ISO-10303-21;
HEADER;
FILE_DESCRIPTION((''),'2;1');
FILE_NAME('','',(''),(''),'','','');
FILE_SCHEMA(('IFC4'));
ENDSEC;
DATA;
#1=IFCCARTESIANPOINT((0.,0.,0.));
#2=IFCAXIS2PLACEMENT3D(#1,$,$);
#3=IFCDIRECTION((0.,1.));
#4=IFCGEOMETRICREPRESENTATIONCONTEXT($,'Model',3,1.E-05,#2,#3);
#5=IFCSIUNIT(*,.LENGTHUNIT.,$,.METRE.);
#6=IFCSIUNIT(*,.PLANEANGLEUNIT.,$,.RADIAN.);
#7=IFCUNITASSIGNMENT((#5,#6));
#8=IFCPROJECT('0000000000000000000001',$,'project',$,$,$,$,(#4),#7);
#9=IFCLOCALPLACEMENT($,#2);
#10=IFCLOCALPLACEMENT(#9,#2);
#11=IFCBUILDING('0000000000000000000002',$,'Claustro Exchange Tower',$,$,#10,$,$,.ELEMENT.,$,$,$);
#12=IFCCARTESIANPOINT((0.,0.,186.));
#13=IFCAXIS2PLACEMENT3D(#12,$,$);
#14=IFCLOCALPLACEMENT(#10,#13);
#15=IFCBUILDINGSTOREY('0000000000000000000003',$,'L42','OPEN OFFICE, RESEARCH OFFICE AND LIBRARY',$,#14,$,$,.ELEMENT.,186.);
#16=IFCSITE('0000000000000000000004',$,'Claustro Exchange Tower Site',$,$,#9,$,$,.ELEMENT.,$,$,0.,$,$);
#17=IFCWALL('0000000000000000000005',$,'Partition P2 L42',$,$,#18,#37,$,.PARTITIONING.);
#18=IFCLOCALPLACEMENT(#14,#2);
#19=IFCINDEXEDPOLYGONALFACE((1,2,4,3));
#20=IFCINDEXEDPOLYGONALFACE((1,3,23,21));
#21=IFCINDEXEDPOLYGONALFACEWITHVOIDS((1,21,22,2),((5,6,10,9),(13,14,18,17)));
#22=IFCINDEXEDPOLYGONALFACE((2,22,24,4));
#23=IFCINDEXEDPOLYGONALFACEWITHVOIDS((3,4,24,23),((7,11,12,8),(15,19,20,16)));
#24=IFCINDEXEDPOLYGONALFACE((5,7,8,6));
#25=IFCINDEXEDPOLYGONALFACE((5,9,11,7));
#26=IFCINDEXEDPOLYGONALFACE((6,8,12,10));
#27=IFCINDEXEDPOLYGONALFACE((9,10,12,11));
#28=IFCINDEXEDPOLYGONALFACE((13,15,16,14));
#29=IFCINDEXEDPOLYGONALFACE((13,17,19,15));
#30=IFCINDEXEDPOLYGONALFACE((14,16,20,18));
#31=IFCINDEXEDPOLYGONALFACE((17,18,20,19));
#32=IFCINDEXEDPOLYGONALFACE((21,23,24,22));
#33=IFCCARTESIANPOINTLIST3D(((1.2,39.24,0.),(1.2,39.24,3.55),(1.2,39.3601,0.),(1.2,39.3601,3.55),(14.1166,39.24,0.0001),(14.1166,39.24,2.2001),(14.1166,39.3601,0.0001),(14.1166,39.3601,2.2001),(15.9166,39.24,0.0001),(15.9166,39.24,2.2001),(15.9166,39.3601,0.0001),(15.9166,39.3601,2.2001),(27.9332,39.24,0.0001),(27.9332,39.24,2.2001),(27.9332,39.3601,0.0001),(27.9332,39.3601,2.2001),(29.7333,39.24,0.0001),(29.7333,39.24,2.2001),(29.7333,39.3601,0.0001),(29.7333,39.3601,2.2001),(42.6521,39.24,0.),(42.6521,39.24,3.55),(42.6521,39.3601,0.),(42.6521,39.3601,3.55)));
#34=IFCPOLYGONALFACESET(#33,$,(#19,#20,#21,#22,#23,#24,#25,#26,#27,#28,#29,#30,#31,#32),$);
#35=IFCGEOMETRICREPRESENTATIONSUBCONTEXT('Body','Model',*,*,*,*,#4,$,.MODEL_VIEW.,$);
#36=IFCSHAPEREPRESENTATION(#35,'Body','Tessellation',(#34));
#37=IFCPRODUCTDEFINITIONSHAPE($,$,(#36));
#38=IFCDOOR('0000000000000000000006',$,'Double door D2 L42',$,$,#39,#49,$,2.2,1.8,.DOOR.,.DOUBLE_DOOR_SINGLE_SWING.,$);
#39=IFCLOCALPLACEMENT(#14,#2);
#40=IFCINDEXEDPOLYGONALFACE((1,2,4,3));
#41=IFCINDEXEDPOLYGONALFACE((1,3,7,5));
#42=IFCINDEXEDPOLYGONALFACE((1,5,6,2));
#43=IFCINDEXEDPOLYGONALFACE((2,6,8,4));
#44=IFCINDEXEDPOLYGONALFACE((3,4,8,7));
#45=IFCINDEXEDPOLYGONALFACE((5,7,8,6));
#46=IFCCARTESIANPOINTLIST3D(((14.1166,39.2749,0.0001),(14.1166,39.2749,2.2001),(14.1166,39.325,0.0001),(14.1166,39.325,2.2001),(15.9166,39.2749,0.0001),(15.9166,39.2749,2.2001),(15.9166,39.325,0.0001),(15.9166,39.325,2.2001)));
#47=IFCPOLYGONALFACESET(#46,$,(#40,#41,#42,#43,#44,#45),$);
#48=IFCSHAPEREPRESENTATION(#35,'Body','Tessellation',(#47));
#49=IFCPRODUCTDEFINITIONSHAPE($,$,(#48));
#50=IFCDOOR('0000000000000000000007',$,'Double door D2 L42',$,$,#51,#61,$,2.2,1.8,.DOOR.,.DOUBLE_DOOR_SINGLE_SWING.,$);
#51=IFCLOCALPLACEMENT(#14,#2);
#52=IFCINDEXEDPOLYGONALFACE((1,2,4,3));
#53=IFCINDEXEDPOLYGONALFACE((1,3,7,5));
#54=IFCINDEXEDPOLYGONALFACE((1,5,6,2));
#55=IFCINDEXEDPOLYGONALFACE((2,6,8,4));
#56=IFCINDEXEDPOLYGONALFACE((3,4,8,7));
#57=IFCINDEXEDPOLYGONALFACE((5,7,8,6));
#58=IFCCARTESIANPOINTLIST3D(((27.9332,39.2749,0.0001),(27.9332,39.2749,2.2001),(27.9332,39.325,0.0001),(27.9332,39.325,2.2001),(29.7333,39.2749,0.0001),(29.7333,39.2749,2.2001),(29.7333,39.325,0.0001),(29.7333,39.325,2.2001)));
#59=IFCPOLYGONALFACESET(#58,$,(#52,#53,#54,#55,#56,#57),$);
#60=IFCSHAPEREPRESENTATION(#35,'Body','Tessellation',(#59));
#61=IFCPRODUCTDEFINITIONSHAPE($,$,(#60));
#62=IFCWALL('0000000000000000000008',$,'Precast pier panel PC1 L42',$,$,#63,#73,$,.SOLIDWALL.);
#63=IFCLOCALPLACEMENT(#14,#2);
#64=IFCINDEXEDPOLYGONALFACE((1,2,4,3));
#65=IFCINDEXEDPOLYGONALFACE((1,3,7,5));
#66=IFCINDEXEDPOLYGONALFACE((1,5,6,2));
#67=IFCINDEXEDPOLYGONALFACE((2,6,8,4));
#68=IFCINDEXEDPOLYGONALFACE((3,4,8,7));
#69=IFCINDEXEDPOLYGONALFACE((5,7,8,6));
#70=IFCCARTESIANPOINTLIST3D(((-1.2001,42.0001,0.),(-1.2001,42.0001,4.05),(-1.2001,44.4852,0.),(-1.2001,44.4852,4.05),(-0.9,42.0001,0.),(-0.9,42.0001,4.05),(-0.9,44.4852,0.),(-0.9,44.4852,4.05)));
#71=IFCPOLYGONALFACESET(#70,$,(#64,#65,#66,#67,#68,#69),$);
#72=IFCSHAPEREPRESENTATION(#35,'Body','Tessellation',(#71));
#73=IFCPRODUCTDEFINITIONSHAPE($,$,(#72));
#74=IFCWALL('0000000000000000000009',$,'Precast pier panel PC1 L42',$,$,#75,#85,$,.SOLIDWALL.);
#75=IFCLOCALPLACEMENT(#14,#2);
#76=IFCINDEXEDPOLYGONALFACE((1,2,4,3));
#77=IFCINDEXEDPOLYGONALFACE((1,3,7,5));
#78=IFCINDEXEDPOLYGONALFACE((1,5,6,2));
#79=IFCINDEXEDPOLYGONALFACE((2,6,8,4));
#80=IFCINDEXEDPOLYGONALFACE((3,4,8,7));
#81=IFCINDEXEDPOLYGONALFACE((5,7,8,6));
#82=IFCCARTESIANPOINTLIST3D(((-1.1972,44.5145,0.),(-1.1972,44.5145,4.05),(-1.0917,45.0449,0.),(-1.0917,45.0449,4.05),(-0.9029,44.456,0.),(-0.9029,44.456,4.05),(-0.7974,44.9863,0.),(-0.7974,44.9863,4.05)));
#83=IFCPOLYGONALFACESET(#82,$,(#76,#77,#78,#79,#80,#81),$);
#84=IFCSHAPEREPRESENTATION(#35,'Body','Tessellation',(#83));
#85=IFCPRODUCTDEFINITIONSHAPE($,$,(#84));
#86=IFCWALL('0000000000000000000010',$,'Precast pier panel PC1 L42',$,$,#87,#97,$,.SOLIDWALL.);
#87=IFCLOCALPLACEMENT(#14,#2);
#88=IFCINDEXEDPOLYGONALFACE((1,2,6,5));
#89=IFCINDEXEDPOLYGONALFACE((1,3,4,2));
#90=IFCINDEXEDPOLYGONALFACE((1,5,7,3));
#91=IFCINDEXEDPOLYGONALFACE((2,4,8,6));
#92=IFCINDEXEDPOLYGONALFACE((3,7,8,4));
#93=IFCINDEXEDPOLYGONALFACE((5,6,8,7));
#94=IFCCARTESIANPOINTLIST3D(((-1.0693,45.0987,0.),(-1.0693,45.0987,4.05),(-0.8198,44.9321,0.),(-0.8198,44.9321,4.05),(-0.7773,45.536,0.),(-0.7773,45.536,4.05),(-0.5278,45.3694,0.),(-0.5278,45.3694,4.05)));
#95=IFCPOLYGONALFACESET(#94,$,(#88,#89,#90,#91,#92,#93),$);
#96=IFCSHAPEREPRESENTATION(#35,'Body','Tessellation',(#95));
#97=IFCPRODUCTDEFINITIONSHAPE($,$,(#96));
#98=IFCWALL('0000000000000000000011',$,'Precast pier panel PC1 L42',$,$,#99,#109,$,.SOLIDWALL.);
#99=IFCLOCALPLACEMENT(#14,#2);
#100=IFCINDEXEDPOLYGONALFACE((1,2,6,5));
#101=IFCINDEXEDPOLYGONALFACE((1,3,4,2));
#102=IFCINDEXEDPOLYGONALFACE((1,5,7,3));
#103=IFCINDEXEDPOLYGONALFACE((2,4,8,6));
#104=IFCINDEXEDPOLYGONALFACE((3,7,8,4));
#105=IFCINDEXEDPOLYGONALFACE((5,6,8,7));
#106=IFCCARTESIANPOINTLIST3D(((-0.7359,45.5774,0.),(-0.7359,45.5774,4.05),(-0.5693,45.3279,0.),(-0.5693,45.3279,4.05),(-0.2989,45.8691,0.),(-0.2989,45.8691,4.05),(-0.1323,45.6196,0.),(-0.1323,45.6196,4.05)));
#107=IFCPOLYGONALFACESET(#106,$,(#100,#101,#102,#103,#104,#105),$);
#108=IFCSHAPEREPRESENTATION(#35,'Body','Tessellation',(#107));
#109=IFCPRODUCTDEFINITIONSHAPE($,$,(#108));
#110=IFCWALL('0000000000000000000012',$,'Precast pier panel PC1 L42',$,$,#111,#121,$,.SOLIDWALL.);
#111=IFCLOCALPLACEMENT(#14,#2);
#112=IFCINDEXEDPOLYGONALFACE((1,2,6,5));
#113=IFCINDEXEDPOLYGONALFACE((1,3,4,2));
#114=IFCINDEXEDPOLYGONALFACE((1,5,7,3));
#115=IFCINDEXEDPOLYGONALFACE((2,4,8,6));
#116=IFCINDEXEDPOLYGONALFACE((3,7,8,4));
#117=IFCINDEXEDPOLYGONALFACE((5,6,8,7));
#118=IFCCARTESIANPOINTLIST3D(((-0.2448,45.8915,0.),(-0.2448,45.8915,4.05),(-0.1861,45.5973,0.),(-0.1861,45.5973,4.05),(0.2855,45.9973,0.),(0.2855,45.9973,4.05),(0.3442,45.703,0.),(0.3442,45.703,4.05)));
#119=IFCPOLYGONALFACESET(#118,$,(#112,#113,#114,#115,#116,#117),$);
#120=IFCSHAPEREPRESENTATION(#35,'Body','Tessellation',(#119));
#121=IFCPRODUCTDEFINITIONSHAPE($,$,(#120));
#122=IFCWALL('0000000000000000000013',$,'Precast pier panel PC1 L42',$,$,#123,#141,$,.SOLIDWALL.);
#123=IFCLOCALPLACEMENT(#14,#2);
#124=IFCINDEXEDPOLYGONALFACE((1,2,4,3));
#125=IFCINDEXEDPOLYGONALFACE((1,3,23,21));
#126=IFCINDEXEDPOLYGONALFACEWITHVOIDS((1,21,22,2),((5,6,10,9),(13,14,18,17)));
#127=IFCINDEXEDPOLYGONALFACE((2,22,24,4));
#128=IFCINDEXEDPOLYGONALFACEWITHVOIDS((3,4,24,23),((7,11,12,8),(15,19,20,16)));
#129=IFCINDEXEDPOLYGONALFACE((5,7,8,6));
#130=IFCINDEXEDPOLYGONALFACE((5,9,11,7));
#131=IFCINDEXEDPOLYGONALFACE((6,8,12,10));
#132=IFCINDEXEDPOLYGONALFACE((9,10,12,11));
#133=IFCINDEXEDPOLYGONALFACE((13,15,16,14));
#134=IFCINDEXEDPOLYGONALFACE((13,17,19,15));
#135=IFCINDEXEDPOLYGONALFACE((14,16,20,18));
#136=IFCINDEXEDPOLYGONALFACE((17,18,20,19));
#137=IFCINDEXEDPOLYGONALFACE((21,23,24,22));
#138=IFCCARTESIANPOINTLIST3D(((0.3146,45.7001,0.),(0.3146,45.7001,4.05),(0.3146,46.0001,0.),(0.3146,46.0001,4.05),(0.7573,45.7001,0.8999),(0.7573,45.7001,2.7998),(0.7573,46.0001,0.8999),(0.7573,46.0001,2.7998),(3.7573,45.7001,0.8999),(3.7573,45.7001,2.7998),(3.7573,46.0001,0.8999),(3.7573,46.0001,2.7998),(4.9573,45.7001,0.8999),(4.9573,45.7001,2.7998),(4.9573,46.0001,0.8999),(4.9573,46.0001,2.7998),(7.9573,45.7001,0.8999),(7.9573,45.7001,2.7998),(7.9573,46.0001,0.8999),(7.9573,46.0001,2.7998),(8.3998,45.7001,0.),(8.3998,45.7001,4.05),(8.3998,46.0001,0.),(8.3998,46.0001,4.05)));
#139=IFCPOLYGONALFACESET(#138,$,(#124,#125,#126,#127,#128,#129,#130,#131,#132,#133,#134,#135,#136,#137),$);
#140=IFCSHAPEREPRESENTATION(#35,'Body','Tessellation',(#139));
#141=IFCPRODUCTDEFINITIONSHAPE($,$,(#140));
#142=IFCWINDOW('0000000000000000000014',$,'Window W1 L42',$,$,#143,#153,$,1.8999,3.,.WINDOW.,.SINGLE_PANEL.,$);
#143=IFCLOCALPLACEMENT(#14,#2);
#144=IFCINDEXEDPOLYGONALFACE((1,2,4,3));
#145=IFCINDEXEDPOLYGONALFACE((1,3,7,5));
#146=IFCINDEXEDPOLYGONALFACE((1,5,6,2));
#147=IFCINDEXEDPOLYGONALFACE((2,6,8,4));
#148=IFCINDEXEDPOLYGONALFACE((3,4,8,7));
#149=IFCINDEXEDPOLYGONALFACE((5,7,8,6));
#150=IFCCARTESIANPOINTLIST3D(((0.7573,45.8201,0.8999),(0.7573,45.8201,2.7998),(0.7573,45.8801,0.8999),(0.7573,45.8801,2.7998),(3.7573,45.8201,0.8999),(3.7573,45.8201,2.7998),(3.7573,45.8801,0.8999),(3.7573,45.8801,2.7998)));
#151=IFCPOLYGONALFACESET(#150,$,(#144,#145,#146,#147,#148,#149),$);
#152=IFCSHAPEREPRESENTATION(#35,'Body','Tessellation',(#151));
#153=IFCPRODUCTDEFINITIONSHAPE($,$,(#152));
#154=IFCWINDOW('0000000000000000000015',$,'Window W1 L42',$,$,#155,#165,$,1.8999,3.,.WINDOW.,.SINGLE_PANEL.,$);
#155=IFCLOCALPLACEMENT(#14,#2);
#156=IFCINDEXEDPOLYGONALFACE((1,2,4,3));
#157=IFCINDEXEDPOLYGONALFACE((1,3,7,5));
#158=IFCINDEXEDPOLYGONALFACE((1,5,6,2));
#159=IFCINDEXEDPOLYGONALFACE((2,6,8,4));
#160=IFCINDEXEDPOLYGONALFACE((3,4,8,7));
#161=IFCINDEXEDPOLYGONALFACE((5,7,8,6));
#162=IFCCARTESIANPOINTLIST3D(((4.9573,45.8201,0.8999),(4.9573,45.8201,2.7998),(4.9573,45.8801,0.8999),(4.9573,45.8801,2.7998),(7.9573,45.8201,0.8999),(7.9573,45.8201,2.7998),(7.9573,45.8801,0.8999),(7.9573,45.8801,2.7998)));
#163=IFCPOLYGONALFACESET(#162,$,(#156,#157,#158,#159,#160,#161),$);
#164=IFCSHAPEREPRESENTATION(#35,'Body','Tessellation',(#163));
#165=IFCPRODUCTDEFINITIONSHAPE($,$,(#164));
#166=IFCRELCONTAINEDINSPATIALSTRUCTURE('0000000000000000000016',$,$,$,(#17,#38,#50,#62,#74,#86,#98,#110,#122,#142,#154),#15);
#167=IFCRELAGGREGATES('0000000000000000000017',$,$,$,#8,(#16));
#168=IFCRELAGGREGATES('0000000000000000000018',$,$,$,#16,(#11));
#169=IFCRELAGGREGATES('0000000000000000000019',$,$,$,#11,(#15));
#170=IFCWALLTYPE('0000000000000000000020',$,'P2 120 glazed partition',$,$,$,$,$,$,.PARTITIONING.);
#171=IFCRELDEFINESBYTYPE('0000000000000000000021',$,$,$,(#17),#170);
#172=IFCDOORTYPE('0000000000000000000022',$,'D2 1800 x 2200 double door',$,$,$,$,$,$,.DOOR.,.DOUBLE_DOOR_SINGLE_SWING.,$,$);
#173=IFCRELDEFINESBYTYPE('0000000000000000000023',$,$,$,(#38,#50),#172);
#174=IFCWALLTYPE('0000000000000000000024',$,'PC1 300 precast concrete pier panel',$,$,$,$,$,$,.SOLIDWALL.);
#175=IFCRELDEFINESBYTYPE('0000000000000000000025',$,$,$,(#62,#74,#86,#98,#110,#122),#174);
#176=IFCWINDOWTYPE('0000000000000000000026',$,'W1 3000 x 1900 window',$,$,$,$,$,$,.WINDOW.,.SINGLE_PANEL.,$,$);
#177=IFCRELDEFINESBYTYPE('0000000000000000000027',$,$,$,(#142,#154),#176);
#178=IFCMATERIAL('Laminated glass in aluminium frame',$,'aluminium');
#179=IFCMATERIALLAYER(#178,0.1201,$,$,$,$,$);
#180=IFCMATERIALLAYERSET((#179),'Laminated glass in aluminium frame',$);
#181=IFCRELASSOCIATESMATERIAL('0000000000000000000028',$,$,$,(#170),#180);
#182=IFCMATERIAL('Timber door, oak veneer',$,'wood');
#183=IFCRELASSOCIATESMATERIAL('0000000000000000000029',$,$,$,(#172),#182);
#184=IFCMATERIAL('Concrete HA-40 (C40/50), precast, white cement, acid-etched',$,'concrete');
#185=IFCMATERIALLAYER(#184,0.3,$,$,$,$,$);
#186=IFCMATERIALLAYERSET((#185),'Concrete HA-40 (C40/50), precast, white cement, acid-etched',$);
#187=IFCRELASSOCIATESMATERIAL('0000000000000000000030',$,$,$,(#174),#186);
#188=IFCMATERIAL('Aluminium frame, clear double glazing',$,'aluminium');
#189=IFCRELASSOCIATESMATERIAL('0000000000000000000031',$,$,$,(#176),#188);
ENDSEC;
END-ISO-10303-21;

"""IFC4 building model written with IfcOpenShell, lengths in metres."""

from ifc_helpers import new_model, si_unit, direction, frame, frame_2d, origin, place, context, subcontext, project, spatial, rectangle, extrude, material, layer, layer_set, type_object, element, fill, save


model = new_model("IFC4")

# Units and contexts
model_context = context("Model", 3, precision=1e-05, world=origin(), true_north=direction((0.0, 1.0)))
body_context = subcontext(model_context, "Body", "Model", "MODEL_VIEW")
ifc_project = project(units=[si_unit("LENGTHUNIT", "METRE"), si_unit("PLANEANGLEUNIT", "RADIAN")], contexts=[model_context])

# Site, building, storey
site_placement = place(None, origin())
site = spatial("IfcSite", under=ifc_project, at=site_placement, Name="Claustro Exchange Tower Site", CompositionType="ELEMENT", RefElevation=0.0)
building_placement = place(site_placement, origin())
building = spatial("IfcBuilding", under=site, at=building_placement, Name="Claustro Exchange Tower", CompositionType="ELEMENT")
storey_placement = place(building_placement, frame((0.0, 0.0, 186.0)))
storey = spatial("IfcBuildingStorey", under=building, at=storey_placement, Name="L42", Description="OPEN OFFICE, RESEARCH OFFICE AND LIBRARY", CompositionType="ELEMENT", Elevation=186.0)

# Shared definitions
ifc_material_1 = material(Name="Laminated glass in aluminium frame", Category="aluminium")
ifc_layer_1 = layer(ifc_material_1, 0.1201)
ifc_layer_set_1 = layer_set([ifc_layer_1], Name="Laminated glass in aluminium frame")
wall_type_1 = type_object("IfcWallType", Name="P2 120 glazed partition", PredefinedType="PARTITIONING", material=ifc_layer_set_1)

# Wall, openings, doors
wall_1_placement = place(storey_placement, frame((1.2, 39.3, 0.0), z_axis=(0.0, 0.0, 1.0), x_axis=(1.0, 0.0, 0.0)))
wall_1 = element("IfcWall", 1, at=wall_1_placement, inside=storey, type_object=wall_type_1, Name="Partition P2 L42", PredefinedType="PARTITIONING", context=body_context, shape_type="SweptSolid", body=[
    extrude(rectangle(XDim=41.4521, YDim=0.1201, at=frame_2d((20.7261, 0.0))), origin(), (0.0, 0.0, 1.0), 3.55),
])
opening_1_placement = place(wall_1_placement, frame((12.9167, 0.0, 0.0)))
opening_1 = element("IfcOpeningElement", 2, at=opening_1_placement, cuts=wall_1, PredefinedType="OPENING", context=body_context, shape_type="SweptSolid", body=[
    extrude(rectangle(XDim=1.8, YDim=2.2, at=frame_2d((0.8999, 1.1001))), frame((0.0, 0.0701, 0.0), z_axis=(0.0, -1.0, 0.0), x_axis=(1.0, 0.0, 0.0)), (0.0, 0.0, 1.0), 0.1401),
])
opening_2_placement = place(wall_1_placement, frame((26.7334, 0.0, 0.0)))
opening_2 = element("IfcOpeningElement", 3, at=opening_2_placement, cuts=wall_1, PredefinedType="OPENING", context=body_context, shape_type="SweptSolid", body=[
    extrude(rectangle(XDim=1.8, YDim=2.2, at=frame_2d((0.8999, 1.1001))), frame((0.0, 0.0701, 0.0), z_axis=(0.0, -1.0, 0.0), x_axis=(1.0, 0.0, 0.0)), (0.0, 0.0, 1.0), 0.1401),
])
ifc_material_2 = material(Name="Timber door, oak veneer", Category="wood")
door_type_1 = type_object("IfcDoorType", Name="D2 1800 x 2200 double door", OperationType="DOUBLE_DOOR_SINGLE_SWING", PredefinedType="DOOR", material=ifc_material_2)
door_1_placement = place(opening_1_placement, origin())
door_1 = element("IfcDoor", 4, at=door_1_placement, inside=storey, type_object=door_type_1, Name="Double door D2 L42", OperationType="DOUBLE_DOOR_SINGLE_SWING", OverallHeight=2.2, OverallWidth=1.8, PredefinedType="DOOR", context=body_context, shape_type="SweptSolid", body=[
    extrude(rectangle(XDim=1.8, YDim=2.2, at=frame_2d((0.8999, 1.1001))), frame((0.0, 0.0249, 0.0), z_axis=(0.0, -1.0, 0.0), x_axis=(1.0, 0.0, 0.0)), (0.0, 0.0, 1.0), 0.05),
])
fill(opening_1, door_1)
door_2_placement = place(opening_2_placement, origin())
door_2 = element("IfcDoor", 5, at=door_2_placement, inside=storey, type_object=door_type_1, Name="Double door D2 L42", OperationType="DOUBLE_DOOR_SINGLE_SWING", OverallHeight=2.2, OverallWidth=1.8, PredefinedType="DOOR", context=body_context, shape_type="SweptSolid", body=[
    extrude(rectangle(XDim=1.8, YDim=2.2, at=frame_2d((0.8999, 1.1001))), frame((0.0, 0.0249, 0.0), z_axis=(0.0, -1.0, 0.0), x_axis=(1.0, 0.0, 0.0)), (0.0, 0.0, 1.0), 0.05),
])
fill(opening_2, door_2)

# Walls
ifc_material_3 = material(Name="Concrete HA-40 (C40/50), precast, white cement, acid-etched", Category="concrete")
ifc_layer_2 = layer(ifc_material_3, 0.3)
ifc_layer_set_2 = layer_set([ifc_layer_2], Name="Concrete HA-40 (C40/50), precast, white cement, acid-etched")
wall_type_2 = type_object("IfcWallType", Name="PC1 300 precast concrete pier panel", PredefinedType="SOLIDWALL", material=ifc_layer_set_2)
wall_2_placement = place(storey_placement, frame((-1.05, 42.0, 0.0), z_axis=(0.0, 0.0, 1.0), x_axis=(0.0, 1.0, 0.0)))
element("IfcWall", 6, at=wall_2_placement, inside=storey, type_object=wall_type_2, Name="Precast pier panel PC1 L42", PredefinedType="SOLIDWALL", context=body_context, shape_type="SweptSolid", body=[
    extrude(rectangle(XDim=2.4851, YDim=0.3, at=frame_2d((1.2427, 0.0))), origin(), (0.0, 0.0, 1.0), 4.05),
])
wall_3_placement = place(storey_placement, frame((-1.05, 44.4851, 0.0), z_axis=(0.0, 0.0, 1.0), x_axis=(0.195074, 0.980789, 0.0)))
element("IfcWall", 7, at=wall_3_placement, inside=storey, type_object=wall_type_2, Name="Precast pier panel PC1 L42", PredefinedType="SOLIDWALL", context=body_context, shape_type="SweptSolid", body=[
    extrude(rectangle(XDim=0.5408, YDim=0.3, at=frame_2d((0.2705, 0.0))), origin(), (0.0, 0.0, 1.0), 4.05),
])
wall_4_placement = place(storey_placement, frame((-0.9446, 45.0154, 0.0), z_axis=(0.0, 0.0, 1.0), x_axis=(0.555343, 0.831621, 0.0)))
element("IfcWall", 8, at=wall_4_placement, inside=storey, type_object=wall_type_2, Name="Precast pier panel PC1 L42", PredefinedType="SOLIDWALL", context=body_context, shape_type="SweptSolid", body=[
    extrude(rectangle(XDim=0.5259, YDim=0.3, at=frame_2d((0.2629, 0.0))), origin(), (0.0, 0.0, 1.0), 4.05),
])
wall_5_placement = place(storey_placement, frame((-0.6526, 45.4526, 0.0), z_axis=(0.0, 0.0, 1.0), x_axis=(0.831693, 0.555236, 0.0)))
element("IfcWall", 9, at=wall_5_placement, inside=storey, type_object=wall_type_2, Name="Precast pier panel PC1 L42", PredefinedType="SOLIDWALL", context=body_context, shape_type="SweptSolid", body=[
    extrude(rectangle(XDim=0.5254, YDim=0.3, at=frame_2d((0.2627, 0.0))), origin(), (0.0, 0.0, 1.0), 4.05),
])
wall_6_placement = place(storey_placement, frame((-0.2156, 45.7444, 0.0), z_axis=(0.0, 0.0, 1.0), x_axis=(0.980702, 0.195508, 0.0)))
element("IfcWall", 10, at=wall_6_placement, inside=storey, type_object=wall_type_2, Name="Precast pier panel PC1 L42", PredefinedType="SOLIDWALL", context=body_context, shape_type="SweptSolid", body=[
    extrude(rectangle(XDim=0.5408, YDim=0.3, at=frame_2d((0.2705, 0.0))), origin(), (0.0, 0.0, 1.0), 4.05),
])

# Wall, openings, windows
wall_7_placement = place(storey_placement, frame((0.3147, 45.8501, 0.0), z_axis=(0.0, 0.0, 1.0), x_axis=(1.0, 0.0, 0.0)))
wall_7 = element("IfcWall", 11, at=wall_7_placement, inside=storey, type_object=wall_type_2, Name="Precast pier panel PC1 L42", PredefinedType="SOLIDWALL", context=body_context, shape_type="SweptSolid", body=[
    extrude(rectangle(XDim=8.0852, YDim=0.3, at=frame_2d((4.0425, 0.0))), origin(), (0.0, 0.0, 1.0), 4.05),
])
opening_3_placement = place(wall_7_placement, frame((0.4426, 0.0, 0.8999)))
opening_3 = element("IfcOpeningElement", 12, at=opening_3_placement, cuts=wall_7, PredefinedType="OPENING", context=body_context, shape_type="SweptSolid", body=[
    extrude(rectangle(XDim=3.0, YDim=1.8999, at=frame_2d((1.5, 0.95))), frame((0.0, 0.1599, 0.0), z_axis=(0.0, -1.0, 0.0), x_axis=(1.0, 0.0, 0.0)), (0.0, 0.0, 1.0), 0.3201),
])
opening_4_placement = place(wall_7_placement, frame((4.6426, 0.0, 0.8999)))
opening_4 = element("IfcOpeningElement", 13, at=opening_4_placement, cuts=wall_7, PredefinedType="OPENING", context=body_context, shape_type="SweptSolid", body=[
    extrude(rectangle(XDim=3.0, YDim=1.8999, at=frame_2d((1.5, 0.95))), frame((0.0, 0.1599, 0.0), z_axis=(0.0, -1.0, 0.0), x_axis=(1.0, 0.0, 0.0)), (0.0, 0.0, 1.0), 0.3201),
])
ifc_material_4 = material(Name="Aluminium frame, clear double glazing", Category="aluminium")
window_type = type_object("IfcWindowType", Name="W1 3000 x 1900 window", PartitioningType="SINGLE_PANEL", PredefinedType="WINDOW", material=ifc_material_4)
window_1_placement = place(opening_3_placement, origin())
window_1 = element("IfcWindow", 14, at=window_1_placement, inside=storey, type_object=window_type, Name="Window W1 L42", OverallHeight=1.8999, OverallWidth=3.0, PartitioningType="SINGLE_PANEL", PredefinedType="WINDOW", context=body_context, shape_type="SweptSolid", body=[
    extrude(rectangle(XDim=3.0, YDim=1.8999, at=frame_2d((1.5, 0.95))), frame((0.0, 0.03, 0.0), z_axis=(0.0, -1.0, 0.0), x_axis=(1.0, 0.0, 0.0)), (0.0, 0.0, 1.0), 0.0601),
])
fill(opening_3, window_1)
window_2_placement = place(opening_4_placement, origin())
window_2 = element("IfcWindow", 15, at=window_2_placement, inside=storey, type_object=window_type, Name="Window W1 L42", OverallHeight=1.8999, OverallWidth=3.0, PartitioningType="SINGLE_PANEL", PredefinedType="WINDOW", context=body_context, shape_type="SweptSolid", body=[
    extrude(rectangle(XDim=3.0, YDim=1.8999, at=frame_2d((1.5, 0.95))), frame((0.0, 0.03, 0.0), z_axis=(0.0, -1.0, 0.0), x_axis=(1.0, 0.0, 0.0)), (0.0, 0.0, 1.0), 0.0601),
])
fill(opening_4, window_2)

save(model, "model.ifc")
